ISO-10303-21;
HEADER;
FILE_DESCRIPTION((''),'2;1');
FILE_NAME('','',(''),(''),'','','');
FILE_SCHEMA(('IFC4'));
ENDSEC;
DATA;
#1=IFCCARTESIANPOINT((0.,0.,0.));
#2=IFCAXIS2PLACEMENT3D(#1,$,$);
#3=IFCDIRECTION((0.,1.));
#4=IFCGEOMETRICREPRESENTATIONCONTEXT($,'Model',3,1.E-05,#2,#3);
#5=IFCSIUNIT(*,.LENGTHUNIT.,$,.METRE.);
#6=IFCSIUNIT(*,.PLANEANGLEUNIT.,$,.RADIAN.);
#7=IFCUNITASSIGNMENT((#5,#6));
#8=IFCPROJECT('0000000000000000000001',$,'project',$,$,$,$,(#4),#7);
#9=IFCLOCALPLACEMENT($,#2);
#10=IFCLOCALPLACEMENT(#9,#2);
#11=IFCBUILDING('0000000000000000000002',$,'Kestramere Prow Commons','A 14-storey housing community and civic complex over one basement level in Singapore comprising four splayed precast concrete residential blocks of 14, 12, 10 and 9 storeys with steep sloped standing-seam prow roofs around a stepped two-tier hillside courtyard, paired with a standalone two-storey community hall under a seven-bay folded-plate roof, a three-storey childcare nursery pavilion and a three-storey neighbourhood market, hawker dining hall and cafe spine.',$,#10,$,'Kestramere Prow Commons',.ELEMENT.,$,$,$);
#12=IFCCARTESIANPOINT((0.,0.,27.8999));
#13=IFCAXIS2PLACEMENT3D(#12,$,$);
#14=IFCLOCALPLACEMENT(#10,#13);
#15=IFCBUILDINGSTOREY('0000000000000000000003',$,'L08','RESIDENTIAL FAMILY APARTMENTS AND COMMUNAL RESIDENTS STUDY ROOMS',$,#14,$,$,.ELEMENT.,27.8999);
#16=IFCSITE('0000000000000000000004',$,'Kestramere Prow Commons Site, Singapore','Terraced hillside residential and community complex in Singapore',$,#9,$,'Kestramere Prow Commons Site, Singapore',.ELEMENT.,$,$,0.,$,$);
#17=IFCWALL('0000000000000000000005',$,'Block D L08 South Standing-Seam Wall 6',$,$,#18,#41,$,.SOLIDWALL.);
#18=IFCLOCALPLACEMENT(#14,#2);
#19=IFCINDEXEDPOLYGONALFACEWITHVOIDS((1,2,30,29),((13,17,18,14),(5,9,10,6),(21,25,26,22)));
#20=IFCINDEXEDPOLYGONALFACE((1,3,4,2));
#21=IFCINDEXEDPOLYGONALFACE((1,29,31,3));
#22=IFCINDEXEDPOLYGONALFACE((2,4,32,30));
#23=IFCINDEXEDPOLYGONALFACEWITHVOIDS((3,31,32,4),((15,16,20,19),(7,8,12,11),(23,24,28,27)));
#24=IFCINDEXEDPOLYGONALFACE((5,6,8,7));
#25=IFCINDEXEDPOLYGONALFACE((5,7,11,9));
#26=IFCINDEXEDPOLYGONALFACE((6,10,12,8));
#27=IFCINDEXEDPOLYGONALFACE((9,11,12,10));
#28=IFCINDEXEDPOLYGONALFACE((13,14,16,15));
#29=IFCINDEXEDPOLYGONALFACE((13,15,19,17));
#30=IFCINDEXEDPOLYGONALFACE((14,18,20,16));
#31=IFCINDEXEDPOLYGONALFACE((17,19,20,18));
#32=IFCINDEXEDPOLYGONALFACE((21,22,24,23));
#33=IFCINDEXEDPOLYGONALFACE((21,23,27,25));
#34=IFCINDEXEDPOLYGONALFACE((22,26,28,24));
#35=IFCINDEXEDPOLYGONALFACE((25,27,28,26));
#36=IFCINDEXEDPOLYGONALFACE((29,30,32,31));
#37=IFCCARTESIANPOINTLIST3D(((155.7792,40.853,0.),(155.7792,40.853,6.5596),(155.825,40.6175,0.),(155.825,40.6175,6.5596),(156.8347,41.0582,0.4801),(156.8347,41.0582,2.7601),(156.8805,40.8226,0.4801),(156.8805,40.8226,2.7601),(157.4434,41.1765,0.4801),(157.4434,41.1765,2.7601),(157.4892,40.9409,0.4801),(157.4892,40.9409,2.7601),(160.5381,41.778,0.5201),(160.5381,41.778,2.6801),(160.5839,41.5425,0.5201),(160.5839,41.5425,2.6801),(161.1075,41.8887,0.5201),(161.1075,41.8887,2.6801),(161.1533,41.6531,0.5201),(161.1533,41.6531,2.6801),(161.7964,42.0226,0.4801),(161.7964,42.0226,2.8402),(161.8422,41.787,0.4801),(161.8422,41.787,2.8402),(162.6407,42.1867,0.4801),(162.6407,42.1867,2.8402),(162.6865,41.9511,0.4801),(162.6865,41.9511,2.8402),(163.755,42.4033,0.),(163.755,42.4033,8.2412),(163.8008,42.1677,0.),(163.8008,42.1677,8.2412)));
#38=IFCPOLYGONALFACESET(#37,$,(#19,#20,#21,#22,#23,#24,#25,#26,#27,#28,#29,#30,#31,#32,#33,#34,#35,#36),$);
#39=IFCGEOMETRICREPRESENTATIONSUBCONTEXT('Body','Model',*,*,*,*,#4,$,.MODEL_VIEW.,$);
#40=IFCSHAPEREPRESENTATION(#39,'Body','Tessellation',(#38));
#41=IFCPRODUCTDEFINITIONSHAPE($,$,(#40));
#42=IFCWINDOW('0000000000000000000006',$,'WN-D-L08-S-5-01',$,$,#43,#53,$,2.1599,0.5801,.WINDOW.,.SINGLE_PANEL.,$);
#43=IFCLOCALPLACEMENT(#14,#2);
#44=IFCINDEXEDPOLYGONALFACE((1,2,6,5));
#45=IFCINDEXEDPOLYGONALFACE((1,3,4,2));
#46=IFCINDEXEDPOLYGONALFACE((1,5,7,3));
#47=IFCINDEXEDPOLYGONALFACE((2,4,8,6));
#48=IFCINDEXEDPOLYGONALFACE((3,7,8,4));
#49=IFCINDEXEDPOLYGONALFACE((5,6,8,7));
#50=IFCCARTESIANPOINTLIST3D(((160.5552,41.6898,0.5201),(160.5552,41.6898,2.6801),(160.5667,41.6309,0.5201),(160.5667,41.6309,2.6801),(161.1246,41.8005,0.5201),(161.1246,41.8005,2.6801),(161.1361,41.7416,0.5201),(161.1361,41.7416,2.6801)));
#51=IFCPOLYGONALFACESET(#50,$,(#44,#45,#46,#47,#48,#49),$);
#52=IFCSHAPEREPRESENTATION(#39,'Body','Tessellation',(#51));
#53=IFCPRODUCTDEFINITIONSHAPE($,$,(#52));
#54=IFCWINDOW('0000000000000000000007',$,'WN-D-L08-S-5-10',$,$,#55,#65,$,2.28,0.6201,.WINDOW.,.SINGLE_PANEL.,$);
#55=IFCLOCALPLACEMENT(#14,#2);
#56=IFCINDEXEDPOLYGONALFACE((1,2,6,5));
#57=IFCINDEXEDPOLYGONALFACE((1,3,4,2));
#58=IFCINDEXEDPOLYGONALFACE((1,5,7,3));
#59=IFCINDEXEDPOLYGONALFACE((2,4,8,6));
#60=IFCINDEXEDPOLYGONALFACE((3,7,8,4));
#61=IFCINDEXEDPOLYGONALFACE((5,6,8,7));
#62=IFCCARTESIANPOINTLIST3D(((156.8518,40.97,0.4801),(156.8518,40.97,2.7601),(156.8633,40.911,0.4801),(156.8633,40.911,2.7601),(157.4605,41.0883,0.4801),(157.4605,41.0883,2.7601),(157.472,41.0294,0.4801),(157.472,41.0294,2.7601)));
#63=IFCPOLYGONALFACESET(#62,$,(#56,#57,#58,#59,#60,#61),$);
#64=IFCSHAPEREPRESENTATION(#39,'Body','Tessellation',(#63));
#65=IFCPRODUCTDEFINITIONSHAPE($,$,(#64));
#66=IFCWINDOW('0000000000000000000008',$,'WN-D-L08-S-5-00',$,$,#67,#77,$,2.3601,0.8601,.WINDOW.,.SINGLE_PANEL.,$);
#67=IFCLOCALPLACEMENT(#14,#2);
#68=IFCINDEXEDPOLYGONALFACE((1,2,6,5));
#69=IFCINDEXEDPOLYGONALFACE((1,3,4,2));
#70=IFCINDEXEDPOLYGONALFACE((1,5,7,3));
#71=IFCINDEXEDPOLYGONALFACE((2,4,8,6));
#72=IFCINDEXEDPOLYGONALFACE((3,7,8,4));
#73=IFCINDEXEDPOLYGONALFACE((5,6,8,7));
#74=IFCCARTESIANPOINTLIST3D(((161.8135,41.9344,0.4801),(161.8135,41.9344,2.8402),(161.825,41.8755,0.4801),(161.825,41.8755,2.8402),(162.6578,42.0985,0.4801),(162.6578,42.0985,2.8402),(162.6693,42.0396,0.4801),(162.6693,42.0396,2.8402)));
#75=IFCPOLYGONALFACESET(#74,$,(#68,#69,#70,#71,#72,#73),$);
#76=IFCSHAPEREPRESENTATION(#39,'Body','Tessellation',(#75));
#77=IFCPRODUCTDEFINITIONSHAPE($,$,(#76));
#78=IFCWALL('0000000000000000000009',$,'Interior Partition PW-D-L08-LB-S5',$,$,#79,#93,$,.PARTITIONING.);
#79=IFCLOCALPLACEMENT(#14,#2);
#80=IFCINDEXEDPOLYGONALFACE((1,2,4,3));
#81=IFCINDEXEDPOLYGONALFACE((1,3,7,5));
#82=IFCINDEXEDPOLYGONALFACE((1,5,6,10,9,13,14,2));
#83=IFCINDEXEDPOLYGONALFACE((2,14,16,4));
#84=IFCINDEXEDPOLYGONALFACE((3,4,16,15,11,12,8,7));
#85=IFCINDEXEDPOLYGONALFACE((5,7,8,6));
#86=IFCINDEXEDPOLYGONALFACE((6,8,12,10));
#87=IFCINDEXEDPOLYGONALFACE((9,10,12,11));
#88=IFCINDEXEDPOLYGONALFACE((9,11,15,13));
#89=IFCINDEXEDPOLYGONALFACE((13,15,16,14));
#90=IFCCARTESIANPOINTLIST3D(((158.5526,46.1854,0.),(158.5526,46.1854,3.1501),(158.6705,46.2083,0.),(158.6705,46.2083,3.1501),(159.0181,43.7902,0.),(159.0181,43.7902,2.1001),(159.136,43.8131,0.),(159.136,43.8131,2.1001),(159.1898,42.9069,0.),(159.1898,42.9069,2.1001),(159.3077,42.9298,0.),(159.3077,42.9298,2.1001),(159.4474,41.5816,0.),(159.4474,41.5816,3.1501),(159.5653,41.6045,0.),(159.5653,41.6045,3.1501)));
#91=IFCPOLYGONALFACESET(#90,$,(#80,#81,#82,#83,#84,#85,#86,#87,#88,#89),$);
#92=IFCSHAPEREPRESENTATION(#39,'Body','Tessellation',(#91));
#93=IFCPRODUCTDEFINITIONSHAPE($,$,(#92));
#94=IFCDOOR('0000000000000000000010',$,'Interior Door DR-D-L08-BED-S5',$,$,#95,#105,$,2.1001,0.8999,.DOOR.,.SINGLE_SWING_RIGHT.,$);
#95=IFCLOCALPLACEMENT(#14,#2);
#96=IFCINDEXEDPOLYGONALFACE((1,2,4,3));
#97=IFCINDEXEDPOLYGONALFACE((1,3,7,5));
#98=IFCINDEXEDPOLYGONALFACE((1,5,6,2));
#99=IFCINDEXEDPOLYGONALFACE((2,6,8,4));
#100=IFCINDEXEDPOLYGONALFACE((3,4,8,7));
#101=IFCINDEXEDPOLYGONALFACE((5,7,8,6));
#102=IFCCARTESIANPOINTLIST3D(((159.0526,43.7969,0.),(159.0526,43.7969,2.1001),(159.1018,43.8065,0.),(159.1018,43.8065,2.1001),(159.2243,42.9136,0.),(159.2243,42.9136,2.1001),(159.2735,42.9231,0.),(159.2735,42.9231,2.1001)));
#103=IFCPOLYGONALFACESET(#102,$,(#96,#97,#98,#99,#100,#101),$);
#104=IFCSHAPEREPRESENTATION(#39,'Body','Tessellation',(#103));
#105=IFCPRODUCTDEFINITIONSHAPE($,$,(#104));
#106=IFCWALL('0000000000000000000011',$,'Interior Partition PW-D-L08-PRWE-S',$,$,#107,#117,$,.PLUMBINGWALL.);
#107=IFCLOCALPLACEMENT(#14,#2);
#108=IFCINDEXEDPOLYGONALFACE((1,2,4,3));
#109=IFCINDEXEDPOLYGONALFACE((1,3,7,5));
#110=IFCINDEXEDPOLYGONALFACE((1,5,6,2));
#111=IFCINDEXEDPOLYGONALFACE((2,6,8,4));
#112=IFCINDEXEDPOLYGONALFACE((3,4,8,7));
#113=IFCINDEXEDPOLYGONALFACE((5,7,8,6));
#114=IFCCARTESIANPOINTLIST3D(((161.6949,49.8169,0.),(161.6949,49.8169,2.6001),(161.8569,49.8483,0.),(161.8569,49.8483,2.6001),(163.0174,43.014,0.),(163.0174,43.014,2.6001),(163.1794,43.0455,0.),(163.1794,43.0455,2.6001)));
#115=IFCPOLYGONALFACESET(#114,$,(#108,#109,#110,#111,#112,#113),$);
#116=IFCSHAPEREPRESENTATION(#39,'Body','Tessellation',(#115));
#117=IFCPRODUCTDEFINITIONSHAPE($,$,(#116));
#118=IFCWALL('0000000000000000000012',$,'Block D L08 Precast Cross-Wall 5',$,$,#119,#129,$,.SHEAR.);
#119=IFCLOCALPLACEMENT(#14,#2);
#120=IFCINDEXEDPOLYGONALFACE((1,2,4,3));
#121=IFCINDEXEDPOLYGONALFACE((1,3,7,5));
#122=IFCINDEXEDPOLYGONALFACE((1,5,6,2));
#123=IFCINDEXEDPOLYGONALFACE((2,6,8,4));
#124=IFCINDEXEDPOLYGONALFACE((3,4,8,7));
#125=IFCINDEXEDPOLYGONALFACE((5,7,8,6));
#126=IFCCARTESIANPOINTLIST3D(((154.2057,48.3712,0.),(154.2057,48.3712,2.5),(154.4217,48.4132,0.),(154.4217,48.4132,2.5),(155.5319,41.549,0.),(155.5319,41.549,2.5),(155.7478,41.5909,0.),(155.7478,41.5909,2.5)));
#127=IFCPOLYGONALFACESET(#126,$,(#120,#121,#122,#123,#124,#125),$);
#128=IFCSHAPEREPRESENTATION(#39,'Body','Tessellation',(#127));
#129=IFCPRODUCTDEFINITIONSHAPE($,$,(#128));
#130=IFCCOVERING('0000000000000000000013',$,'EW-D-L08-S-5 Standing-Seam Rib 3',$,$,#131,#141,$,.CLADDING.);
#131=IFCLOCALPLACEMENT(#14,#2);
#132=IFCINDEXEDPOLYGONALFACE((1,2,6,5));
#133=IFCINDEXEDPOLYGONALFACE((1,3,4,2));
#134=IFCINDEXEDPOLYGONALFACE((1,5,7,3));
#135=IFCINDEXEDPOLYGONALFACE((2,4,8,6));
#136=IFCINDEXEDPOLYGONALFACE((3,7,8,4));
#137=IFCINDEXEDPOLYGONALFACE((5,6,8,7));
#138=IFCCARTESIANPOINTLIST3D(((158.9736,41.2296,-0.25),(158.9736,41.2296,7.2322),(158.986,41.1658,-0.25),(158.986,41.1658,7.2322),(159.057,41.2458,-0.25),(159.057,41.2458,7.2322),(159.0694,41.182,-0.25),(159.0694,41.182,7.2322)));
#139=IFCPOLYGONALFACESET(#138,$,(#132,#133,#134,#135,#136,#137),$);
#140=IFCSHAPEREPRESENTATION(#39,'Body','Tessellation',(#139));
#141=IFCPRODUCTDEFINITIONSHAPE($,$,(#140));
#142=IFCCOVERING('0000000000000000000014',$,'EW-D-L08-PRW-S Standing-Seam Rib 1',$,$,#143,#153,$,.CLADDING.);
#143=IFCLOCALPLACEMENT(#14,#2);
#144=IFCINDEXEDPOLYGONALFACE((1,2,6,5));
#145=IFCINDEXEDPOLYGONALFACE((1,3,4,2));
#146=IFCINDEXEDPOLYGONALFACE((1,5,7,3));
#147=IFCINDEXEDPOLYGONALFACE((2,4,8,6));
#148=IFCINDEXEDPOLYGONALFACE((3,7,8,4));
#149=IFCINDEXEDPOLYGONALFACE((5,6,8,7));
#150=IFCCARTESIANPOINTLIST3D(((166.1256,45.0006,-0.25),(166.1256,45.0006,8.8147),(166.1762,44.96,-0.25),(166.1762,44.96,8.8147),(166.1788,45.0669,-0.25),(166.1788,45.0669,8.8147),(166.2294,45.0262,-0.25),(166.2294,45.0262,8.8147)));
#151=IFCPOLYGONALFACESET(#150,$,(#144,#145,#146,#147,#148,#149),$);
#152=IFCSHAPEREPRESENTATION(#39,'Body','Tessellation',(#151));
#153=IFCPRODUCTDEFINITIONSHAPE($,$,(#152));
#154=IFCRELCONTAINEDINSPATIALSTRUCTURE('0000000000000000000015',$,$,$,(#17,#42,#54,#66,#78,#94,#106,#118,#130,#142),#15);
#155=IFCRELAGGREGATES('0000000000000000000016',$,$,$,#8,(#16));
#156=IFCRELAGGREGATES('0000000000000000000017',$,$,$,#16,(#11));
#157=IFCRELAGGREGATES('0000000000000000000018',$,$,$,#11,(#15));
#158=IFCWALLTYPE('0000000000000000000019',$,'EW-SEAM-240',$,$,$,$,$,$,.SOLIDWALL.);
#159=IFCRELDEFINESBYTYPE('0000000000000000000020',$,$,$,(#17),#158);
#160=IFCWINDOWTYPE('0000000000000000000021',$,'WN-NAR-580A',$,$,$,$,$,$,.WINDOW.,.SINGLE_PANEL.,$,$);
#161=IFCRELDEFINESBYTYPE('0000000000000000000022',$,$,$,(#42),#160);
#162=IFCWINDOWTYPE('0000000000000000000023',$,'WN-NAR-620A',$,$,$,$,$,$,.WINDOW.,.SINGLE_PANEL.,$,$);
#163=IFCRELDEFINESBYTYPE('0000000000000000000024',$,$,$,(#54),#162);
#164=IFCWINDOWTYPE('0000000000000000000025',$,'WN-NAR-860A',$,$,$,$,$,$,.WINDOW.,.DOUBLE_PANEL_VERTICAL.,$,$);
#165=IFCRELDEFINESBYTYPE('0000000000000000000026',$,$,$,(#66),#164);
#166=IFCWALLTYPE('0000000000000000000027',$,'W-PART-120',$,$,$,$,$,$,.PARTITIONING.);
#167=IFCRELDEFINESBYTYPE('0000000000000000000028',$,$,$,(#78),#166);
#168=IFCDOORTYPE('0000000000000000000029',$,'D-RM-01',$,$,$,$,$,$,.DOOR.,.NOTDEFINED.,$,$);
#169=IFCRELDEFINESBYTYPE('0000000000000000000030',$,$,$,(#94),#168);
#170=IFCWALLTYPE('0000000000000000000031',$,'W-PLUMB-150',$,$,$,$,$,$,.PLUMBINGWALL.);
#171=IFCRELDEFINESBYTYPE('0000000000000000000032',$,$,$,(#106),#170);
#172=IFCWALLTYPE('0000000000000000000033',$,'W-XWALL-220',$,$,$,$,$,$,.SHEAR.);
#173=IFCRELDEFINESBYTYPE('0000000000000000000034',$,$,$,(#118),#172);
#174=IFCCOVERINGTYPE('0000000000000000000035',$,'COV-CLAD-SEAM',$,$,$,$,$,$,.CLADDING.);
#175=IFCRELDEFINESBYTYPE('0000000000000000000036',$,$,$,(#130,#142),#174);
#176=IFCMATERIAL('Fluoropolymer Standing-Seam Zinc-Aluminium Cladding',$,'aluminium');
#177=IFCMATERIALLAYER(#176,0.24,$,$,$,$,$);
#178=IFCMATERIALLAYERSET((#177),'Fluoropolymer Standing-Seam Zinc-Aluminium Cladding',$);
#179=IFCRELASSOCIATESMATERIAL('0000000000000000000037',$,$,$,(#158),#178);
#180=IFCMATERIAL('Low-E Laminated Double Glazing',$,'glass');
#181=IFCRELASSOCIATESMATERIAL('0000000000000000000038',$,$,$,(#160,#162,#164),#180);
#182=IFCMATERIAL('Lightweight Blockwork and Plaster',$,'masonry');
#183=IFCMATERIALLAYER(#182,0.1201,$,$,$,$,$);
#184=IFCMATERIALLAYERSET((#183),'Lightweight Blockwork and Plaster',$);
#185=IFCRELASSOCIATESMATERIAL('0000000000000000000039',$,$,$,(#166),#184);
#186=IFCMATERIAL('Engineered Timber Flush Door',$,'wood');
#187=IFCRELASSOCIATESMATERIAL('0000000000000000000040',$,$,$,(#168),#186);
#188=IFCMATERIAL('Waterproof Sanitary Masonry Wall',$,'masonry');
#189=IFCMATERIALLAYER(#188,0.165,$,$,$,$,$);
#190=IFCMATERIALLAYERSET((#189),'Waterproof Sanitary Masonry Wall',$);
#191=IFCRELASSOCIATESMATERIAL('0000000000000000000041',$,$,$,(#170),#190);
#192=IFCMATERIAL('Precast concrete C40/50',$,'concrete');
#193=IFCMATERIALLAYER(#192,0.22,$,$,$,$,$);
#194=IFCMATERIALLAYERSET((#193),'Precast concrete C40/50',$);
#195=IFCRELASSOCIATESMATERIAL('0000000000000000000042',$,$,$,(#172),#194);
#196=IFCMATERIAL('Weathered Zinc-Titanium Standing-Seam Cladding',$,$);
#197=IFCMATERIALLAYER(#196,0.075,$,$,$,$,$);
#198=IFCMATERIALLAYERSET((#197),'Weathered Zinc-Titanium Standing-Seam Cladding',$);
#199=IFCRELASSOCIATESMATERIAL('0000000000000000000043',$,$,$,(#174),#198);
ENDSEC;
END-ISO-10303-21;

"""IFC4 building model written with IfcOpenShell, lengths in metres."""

from ifc_helpers import new_model, si_unit, direction, frame, frame_2d, origin, origin_2d, place, context, subcontext, project, spatial, polyline, rectangle, outline, extrude, material, layer, layer_set, type_object, element, fill, save


model = new_model("IFC4")

# Units and contexts
model_context = context("Model", 3, precision=1e-05, world=origin(), true_north=direction((0.0, 1.0)))
body_context = subcontext(model_context, "Body", "Model", "MODEL_VIEW")
ifc_project = project(units=[si_unit("LENGTHUNIT", "METRE"), si_unit("PLANEANGLEUNIT", "RADIAN")], contexts=[model_context])

# Site, building, storey
site_placement = place(None, origin())
site = spatial("IfcSite", under=ifc_project, at=site_placement, Name="Kestramere Prow Commons Site, Singapore", Description="Terraced hillside residential and community complex in Singapore", LongName="Kestramere Prow Commons Site, Singapore", CompositionType="ELEMENT", RefElevation=0.0)
building_placement = place(site_placement, origin())
building = spatial("IfcBuilding", under=site, at=building_placement, Name="Kestramere Prow Commons", Description="A 14-storey housing community and civic complex over one basement level in Singapore comprising four splayed precast concrete residential blocks of 14, 12, 10 and 9 storeys with steep sloped standing-seam prow roofs around a stepped two-tier hillside courtyard, paired with a standalone two-storey community hall under a seven-bay folded-plate roof, a three-storey childcare nursery pavilion and a three-storey neighbourhood market, hawker dining hall and cafe spine.", LongName="Kestramere Prow Commons", CompositionType="ELEMENT")
storey_placement = place(building_placement, frame((0.0, 0.0, 27.8999)))
storey = spatial("IfcBuildingStorey", under=building, at=storey_placement, Name="L08", Description="RESIDENTIAL FAMILY APARTMENTS AND COMMUNAL RESIDENTS STUDY ROOMS", CompositionType="ELEMENT", Elevation=27.8999)

# Shared definitions
ifc_material_1 = material(Name="Precast concrete C40/50", Category="concrete")

# Wall, openings, windows
ifc_material_2 = material(Name="Fluoropolymer Standing-Seam Zinc-Aluminium Cladding", Category="aluminium")
ifc_layer_1 = layer(ifc_material_2, 0.24)
ifc_layer_set_1 = layer_set([ifc_layer_1], Name="Fluoropolymer Standing-Seam Zinc-Aluminium Cladding")
wall_type_1 = type_object("IfcWallType", Name="EW-SEAM-240", PredefinedType="SOLIDWALL", material=ifc_layer_set_1)
ifc_material_3 = material(Name="Low-E Laminated Double Glazing", Category="glass")
wall_1_placement = place(storey_placement, frame((163.7778, 42.2856, 0.0), z_axis=(0.0, 0.0, 1.0), x_axis=(-0.981628, -0.190803, 0.0)))
wall_1 = element("IfcWall", 1, at=wall_1_placement, inside=storey, type_object=wall_type_1, Name="Block D L08 South Standing-Seam Wall 6", PredefinedType="SOLIDWALL", context=body_context, shape_type="SweptSolid", body=[
    extrude(outline(polyline([(0.0, 0.0), (8.125, 0.0), (8.125, 6.5596), (0.0, 8.2412), (0.0, 0.0)])), frame((0.0, 0.1201, 0.0), z_axis=(0.0, -1.0, 0.0), x_axis=(1.0, 0.0, 0.0)), (0.0, 0.0, 1.0), 0.24),
])
opening_1_placement = place(wall_1_placement, frame((1.135, 0.0, 0.48)))
opening_1 = element("IfcOpeningElement", 2, at=opening_1_placement, cuts=wall_1, PredefinedType="OPENING", context=body_context, shape_type="SweptSolid", body=[
    extrude(rectangle(XDim=0.8601, YDim=2.3601, at=frame_2d((0.4302, 1.1802))), frame((0.0, 0.135, 0.0), z_axis=(0.0, -1.0, 0.0), x_axis=(1.0, 0.0, 0.0)), (0.0, 0.0, 1.0), 0.27),
])
opening_2_placement = place(wall_1_placement, frame((2.697, 0.0, 0.52)))
opening_2 = element("IfcOpeningElement", 3, at=opening_2_placement, cuts=wall_1, PredefinedType="OPENING", context=body_context, shape_type="SweptSolid", body=[
    extrude(rectangle(XDim=0.5801, YDim=2.1599, at=frame_2d((0.29, 1.0801))), frame((0.0, 0.135, 0.0), z_axis=(0.0, -1.0, 0.0), x_axis=(1.0, 0.0, 0.0)), (0.0, 0.0, 1.0), 0.27),
])
opening_3_placement = place(wall_1_placement, frame((6.4297, 0.0, 0.48)))
opening_3 = element("IfcOpeningElement", 4, at=opening_3_placement, cuts=wall_1, PredefinedType="OPENING", context=body_context, shape_type="SweptSolid", body=[
    extrude(rectangle(XDim=0.6201, YDim=2.28, at=frame_2d((0.3101, 1.1401))), frame((0.0, 0.135, 0.0), z_axis=(0.0, -1.0, 0.0), x_axis=(1.0, 0.0, 0.0)), (0.0, 0.0, 1.0), 0.27),
])
window_type_1 = type_object("IfcWindowType", Name="WN-NAR-580A", PartitioningType="SINGLE_PANEL", PredefinedType="WINDOW", material=ifc_material_3)
window_1_placement = place(opening_2_placement, origin())
window_1 = element("IfcWindow", 5, at=window_1_placement, inside=storey, type_object=window_type_1, Name="WN-D-L08-S-5-01", OverallHeight=2.1599, OverallWidth=0.5801, PartitioningType="SINGLE_PANEL", PredefinedType="WINDOW", context=body_context, shape_type="SweptSolid", body=[
    extrude(rectangle(XDim=0.5801, YDim=2.1599, at=frame_2d((0.29, 1.0801))), frame((0.0, 0.03, 0.0), z_axis=(0.0, -1.0, 0.0), x_axis=(1.0, 0.0, 0.0)), (0.0, 0.0, 1.0), 0.0601),
])
fill(opening_2, window_1)
window_type_2 = type_object("IfcWindowType", Name="WN-NAR-620A", PartitioningType="SINGLE_PANEL", PredefinedType="WINDOW", material=ifc_material_3)
window_2_placement = place(opening_3_placement, origin())
window_2 = element("IfcWindow", 6, at=window_2_placement, inside=storey, type_object=window_type_2, Name="WN-D-L08-S-5-10", OverallHeight=2.28, OverallWidth=0.6201, PartitioningType="SINGLE_PANEL", PredefinedType="WINDOW", context=body_context, shape_type="SweptSolid", body=[
    extrude(rectangle(XDim=0.6201, YDim=2.28, at=frame_2d((0.3101, 1.1401))), frame((0.0, 0.03, 0.0), z_axis=(0.0, -1.0, 0.0), x_axis=(1.0, 0.0, 0.0)), (0.0, 0.0, 1.0), 0.0601),
])
fill(opening_3, window_2)
window_type_3 = type_object("IfcWindowType", Name="WN-NAR-860A", PartitioningType="DOUBLE_PANEL_VERTICAL", PredefinedType="WINDOW", material=ifc_material_3)
window_3_placement = place(opening_1_placement, origin())
window_3 = element("IfcWindow", 7, at=window_3_placement, inside=storey, type_object=window_type_3, Name="WN-D-L08-S-5-00", OverallHeight=2.3601, OverallWidth=0.8601, PartitioningType="SINGLE_PANEL", PredefinedType="WINDOW", context=body_context, shape_type="SweptSolid", body=[
    extrude(rectangle(XDim=0.8601, YDim=2.3601, at=frame_2d((0.4302, 1.1802))), frame((0.0, 0.03, 0.0), z_axis=(0.0, -1.0, 0.0), x_axis=(1.0, 0.0, 0.0)), (0.0, 0.0, 1.0), 0.0601),
])
fill(opening_1, window_3)

# Wall, opening, door
ifc_material_4 = material(Name="Lightweight Blockwork and Plaster", Category="masonry")
ifc_layer_2 = layer(ifc_material_4, 0.1201)
ifc_layer_set_2 = layer_set([ifc_layer_2], Name="Lightweight Blockwork and Plaster")
wall_type_2 = type_object("IfcWallType", Name="W-PART-120", PredefinedType="PARTITIONING", material=ifc_layer_set_2)
wall_2_placement = place(storey_placement, frame((159.5063, 41.593, 0.0), z_axis=(0.0, 0.0, 1.0), x_axis=(-0.190787, 0.981631, 0.0)))
wall_2 = element("IfcWall", 8, at=wall_2_placement, inside=storey, type_object=wall_type_2, Name="Interior Partition PW-D-L08-LB-S5", PredefinedType="PARTITIONING", context=body_context, shape_type="SweptSolid", body=[
    extrude(rectangle(XDim=4.6899, YDim=0.1201, at=frame_2d((2.345, 0.0))), origin(), (0.0, 0.0, 1.0), 3.1501),
])
opening_4_placement = place(wall_2_placement, frame((1.3501, 0.0, 0.0)))
opening_4 = element("IfcOpeningElement", 9, at=opening_4_placement, cuts=wall_2, PredefinedType="OPENING", context=body_context, shape_type="SweptSolid", body=[
    extrude(rectangle(XDim=0.8999, YDim=2.1001, at=frame_2d((0.45, 1.05))), frame((0.0, 0.075, 0.0), z_axis=(0.0, -1.0, 0.0), x_axis=(1.0, 0.0, 0.0)), (0.0, 0.0, 1.0), 0.1501),
])
ifc_material_5 = material(Name="Engineered Timber Flush Door", Category="wood")
door_type = type_object("IfcDoorType", Name="D-RM-01", OperationType="NOTDEFINED", PredefinedType="DOOR", material=ifc_material_5)
door_placement = place(opening_4_placement, origin())
door = element("IfcDoor", 10, at=door_placement, inside=storey, type_object=door_type, Name="Interior Door DR-D-L08-BED-S5", OperationType="SINGLE_SWING_RIGHT", OverallHeight=2.1001, OverallWidth=0.8999, PredefinedType="DOOR", context=body_context, shape_type="SweptSolid", body=[
    extrude(rectangle(XDim=0.8999, YDim=2.1001, at=frame_2d((0.45, 1.05))), frame((0.0, 0.0249, 0.0), z_axis=(0.0, -1.0, 0.0), x_axis=(1.0, 0.0, 0.0)), (0.0, 0.0, 1.0), 0.05),
])
fill(opening_4, door)

# Walls
ifc_material_6 = material(Name="Waterproof Sanitary Masonry Wall", Category="masonry")
ifc_layer_3 = layer(ifc_material_6, 0.165)
ifc_layer_set_3 = layer_set([ifc_layer_3], Name="Waterproof Sanitary Masonry Wall")
wall_type_3 = type_object("IfcWallType", Name="W-PLUMB-150", PredefinedType="PLUMBINGWALL", material=ifc_layer_set_3)
wall_3_placement = place(storey_placement, frame((163.0984, 43.0298, 0.0), z_axis=(0.0, 0.0, 1.0), x_axis=(-0.190836, 0.981622, 0.0)))
element("IfcWall", 11, at=wall_3_placement, inside=storey, type_object=wall_type_3, Name="Interior Partition PW-D-L08-PRWE-S", PredefinedType="PLUMBINGWALL", context=body_context, shape_type="SweptSolid", body=[
    extrude(rectangle(XDim=6.9302, YDim=0.165, at=frame_2d((3.4651, 0.0))), origin(), (0.0, 0.0, 1.0), 2.6001),
])
ifc_layer_4 = layer(ifc_material_1, 0.22)
ifc_layer_set_4 = layer_set([ifc_layer_4], Name="Precast concrete C40/50")
wall_type_4 = type_object("IfcWallType", Name="W-XWALL-220", PredefinedType="SHEAR", material=ifc_layer_set_4)
wall_4_placement = place(storey_placement, frame((155.6399, 41.5698, 0.0), z_axis=(0.0, 0.0, 1.0), x_axis=(-0.190817, 0.981626, 0.0)))
element("IfcWall", 12, at=wall_4_placement, inside=storey, type_object=wall_type_4, Name="Block D L08 Precast Cross-Wall 5", PredefinedType="SHEAR", context=body_context, shape_type="SweptSolid", body=[
    extrude(rectangle(XDim=6.95, YDim=0.22, at=frame_2d((3.4751, 0.0))), origin(), (0.0, 0.0, 1.0), 2.5),
])

# Coverings
ifc_material_7 = material(Name="Weathered Zinc-Titanium Standing-Seam Cladding")
ifc_layer_5 = layer(ifc_material_7, 0.075)
ifc_layer_set_5 = layer_set([ifc_layer_5], Name="Weathered Zinc-Titanium Standing-Seam Cladding")
covering_type = type_object("IfcCoveringType", Name="COV-CLAD-SEAM", PredefinedType="CLADDING", material=ifc_layer_set_5)
covering_1_placement = place(storey_placement, frame((159.0215, 41.2058, -0.25), z_axis=(0.0, 0.0, 1.0), x_axis=(-0.981627, -0.190809, 0.0)))
element("IfcCovering", 13, at=covering_1_placement, inside=storey, type_object=covering_type, Name="EW-D-L08-S-5 Standing-Seam Rib 3", PredefinedType="CLADDING", context=body_context, shape_type="SweptSolid", body=[
    extrude(rectangle(XDim=0.085, YDim=0.0649, at=origin_2d()), origin(), (0.0, 0.0, 1.0), 7.4822),
])
covering_2_placement = place(storey_placement, frame((166.1775, 45.0134, -0.25), z_axis=(0.0, 0.0, 1.0), x_axis=(-0.626298, -0.779584, 0.0)))
element("IfcCovering", 14, at=covering_2_placement, inside=storey, type_object=covering_type, Name="EW-D-L08-PRW-S Standing-Seam Rib 1", PredefinedType="CLADDING", context=body_context, shape_type="SweptSolid", body=[
    extrude(rectangle(XDim=0.085, YDim=0.0649, at=origin_2d()), origin(), (0.0, 0.0, 1.0), 9.0647),
])

save(model, "model.ifc")
